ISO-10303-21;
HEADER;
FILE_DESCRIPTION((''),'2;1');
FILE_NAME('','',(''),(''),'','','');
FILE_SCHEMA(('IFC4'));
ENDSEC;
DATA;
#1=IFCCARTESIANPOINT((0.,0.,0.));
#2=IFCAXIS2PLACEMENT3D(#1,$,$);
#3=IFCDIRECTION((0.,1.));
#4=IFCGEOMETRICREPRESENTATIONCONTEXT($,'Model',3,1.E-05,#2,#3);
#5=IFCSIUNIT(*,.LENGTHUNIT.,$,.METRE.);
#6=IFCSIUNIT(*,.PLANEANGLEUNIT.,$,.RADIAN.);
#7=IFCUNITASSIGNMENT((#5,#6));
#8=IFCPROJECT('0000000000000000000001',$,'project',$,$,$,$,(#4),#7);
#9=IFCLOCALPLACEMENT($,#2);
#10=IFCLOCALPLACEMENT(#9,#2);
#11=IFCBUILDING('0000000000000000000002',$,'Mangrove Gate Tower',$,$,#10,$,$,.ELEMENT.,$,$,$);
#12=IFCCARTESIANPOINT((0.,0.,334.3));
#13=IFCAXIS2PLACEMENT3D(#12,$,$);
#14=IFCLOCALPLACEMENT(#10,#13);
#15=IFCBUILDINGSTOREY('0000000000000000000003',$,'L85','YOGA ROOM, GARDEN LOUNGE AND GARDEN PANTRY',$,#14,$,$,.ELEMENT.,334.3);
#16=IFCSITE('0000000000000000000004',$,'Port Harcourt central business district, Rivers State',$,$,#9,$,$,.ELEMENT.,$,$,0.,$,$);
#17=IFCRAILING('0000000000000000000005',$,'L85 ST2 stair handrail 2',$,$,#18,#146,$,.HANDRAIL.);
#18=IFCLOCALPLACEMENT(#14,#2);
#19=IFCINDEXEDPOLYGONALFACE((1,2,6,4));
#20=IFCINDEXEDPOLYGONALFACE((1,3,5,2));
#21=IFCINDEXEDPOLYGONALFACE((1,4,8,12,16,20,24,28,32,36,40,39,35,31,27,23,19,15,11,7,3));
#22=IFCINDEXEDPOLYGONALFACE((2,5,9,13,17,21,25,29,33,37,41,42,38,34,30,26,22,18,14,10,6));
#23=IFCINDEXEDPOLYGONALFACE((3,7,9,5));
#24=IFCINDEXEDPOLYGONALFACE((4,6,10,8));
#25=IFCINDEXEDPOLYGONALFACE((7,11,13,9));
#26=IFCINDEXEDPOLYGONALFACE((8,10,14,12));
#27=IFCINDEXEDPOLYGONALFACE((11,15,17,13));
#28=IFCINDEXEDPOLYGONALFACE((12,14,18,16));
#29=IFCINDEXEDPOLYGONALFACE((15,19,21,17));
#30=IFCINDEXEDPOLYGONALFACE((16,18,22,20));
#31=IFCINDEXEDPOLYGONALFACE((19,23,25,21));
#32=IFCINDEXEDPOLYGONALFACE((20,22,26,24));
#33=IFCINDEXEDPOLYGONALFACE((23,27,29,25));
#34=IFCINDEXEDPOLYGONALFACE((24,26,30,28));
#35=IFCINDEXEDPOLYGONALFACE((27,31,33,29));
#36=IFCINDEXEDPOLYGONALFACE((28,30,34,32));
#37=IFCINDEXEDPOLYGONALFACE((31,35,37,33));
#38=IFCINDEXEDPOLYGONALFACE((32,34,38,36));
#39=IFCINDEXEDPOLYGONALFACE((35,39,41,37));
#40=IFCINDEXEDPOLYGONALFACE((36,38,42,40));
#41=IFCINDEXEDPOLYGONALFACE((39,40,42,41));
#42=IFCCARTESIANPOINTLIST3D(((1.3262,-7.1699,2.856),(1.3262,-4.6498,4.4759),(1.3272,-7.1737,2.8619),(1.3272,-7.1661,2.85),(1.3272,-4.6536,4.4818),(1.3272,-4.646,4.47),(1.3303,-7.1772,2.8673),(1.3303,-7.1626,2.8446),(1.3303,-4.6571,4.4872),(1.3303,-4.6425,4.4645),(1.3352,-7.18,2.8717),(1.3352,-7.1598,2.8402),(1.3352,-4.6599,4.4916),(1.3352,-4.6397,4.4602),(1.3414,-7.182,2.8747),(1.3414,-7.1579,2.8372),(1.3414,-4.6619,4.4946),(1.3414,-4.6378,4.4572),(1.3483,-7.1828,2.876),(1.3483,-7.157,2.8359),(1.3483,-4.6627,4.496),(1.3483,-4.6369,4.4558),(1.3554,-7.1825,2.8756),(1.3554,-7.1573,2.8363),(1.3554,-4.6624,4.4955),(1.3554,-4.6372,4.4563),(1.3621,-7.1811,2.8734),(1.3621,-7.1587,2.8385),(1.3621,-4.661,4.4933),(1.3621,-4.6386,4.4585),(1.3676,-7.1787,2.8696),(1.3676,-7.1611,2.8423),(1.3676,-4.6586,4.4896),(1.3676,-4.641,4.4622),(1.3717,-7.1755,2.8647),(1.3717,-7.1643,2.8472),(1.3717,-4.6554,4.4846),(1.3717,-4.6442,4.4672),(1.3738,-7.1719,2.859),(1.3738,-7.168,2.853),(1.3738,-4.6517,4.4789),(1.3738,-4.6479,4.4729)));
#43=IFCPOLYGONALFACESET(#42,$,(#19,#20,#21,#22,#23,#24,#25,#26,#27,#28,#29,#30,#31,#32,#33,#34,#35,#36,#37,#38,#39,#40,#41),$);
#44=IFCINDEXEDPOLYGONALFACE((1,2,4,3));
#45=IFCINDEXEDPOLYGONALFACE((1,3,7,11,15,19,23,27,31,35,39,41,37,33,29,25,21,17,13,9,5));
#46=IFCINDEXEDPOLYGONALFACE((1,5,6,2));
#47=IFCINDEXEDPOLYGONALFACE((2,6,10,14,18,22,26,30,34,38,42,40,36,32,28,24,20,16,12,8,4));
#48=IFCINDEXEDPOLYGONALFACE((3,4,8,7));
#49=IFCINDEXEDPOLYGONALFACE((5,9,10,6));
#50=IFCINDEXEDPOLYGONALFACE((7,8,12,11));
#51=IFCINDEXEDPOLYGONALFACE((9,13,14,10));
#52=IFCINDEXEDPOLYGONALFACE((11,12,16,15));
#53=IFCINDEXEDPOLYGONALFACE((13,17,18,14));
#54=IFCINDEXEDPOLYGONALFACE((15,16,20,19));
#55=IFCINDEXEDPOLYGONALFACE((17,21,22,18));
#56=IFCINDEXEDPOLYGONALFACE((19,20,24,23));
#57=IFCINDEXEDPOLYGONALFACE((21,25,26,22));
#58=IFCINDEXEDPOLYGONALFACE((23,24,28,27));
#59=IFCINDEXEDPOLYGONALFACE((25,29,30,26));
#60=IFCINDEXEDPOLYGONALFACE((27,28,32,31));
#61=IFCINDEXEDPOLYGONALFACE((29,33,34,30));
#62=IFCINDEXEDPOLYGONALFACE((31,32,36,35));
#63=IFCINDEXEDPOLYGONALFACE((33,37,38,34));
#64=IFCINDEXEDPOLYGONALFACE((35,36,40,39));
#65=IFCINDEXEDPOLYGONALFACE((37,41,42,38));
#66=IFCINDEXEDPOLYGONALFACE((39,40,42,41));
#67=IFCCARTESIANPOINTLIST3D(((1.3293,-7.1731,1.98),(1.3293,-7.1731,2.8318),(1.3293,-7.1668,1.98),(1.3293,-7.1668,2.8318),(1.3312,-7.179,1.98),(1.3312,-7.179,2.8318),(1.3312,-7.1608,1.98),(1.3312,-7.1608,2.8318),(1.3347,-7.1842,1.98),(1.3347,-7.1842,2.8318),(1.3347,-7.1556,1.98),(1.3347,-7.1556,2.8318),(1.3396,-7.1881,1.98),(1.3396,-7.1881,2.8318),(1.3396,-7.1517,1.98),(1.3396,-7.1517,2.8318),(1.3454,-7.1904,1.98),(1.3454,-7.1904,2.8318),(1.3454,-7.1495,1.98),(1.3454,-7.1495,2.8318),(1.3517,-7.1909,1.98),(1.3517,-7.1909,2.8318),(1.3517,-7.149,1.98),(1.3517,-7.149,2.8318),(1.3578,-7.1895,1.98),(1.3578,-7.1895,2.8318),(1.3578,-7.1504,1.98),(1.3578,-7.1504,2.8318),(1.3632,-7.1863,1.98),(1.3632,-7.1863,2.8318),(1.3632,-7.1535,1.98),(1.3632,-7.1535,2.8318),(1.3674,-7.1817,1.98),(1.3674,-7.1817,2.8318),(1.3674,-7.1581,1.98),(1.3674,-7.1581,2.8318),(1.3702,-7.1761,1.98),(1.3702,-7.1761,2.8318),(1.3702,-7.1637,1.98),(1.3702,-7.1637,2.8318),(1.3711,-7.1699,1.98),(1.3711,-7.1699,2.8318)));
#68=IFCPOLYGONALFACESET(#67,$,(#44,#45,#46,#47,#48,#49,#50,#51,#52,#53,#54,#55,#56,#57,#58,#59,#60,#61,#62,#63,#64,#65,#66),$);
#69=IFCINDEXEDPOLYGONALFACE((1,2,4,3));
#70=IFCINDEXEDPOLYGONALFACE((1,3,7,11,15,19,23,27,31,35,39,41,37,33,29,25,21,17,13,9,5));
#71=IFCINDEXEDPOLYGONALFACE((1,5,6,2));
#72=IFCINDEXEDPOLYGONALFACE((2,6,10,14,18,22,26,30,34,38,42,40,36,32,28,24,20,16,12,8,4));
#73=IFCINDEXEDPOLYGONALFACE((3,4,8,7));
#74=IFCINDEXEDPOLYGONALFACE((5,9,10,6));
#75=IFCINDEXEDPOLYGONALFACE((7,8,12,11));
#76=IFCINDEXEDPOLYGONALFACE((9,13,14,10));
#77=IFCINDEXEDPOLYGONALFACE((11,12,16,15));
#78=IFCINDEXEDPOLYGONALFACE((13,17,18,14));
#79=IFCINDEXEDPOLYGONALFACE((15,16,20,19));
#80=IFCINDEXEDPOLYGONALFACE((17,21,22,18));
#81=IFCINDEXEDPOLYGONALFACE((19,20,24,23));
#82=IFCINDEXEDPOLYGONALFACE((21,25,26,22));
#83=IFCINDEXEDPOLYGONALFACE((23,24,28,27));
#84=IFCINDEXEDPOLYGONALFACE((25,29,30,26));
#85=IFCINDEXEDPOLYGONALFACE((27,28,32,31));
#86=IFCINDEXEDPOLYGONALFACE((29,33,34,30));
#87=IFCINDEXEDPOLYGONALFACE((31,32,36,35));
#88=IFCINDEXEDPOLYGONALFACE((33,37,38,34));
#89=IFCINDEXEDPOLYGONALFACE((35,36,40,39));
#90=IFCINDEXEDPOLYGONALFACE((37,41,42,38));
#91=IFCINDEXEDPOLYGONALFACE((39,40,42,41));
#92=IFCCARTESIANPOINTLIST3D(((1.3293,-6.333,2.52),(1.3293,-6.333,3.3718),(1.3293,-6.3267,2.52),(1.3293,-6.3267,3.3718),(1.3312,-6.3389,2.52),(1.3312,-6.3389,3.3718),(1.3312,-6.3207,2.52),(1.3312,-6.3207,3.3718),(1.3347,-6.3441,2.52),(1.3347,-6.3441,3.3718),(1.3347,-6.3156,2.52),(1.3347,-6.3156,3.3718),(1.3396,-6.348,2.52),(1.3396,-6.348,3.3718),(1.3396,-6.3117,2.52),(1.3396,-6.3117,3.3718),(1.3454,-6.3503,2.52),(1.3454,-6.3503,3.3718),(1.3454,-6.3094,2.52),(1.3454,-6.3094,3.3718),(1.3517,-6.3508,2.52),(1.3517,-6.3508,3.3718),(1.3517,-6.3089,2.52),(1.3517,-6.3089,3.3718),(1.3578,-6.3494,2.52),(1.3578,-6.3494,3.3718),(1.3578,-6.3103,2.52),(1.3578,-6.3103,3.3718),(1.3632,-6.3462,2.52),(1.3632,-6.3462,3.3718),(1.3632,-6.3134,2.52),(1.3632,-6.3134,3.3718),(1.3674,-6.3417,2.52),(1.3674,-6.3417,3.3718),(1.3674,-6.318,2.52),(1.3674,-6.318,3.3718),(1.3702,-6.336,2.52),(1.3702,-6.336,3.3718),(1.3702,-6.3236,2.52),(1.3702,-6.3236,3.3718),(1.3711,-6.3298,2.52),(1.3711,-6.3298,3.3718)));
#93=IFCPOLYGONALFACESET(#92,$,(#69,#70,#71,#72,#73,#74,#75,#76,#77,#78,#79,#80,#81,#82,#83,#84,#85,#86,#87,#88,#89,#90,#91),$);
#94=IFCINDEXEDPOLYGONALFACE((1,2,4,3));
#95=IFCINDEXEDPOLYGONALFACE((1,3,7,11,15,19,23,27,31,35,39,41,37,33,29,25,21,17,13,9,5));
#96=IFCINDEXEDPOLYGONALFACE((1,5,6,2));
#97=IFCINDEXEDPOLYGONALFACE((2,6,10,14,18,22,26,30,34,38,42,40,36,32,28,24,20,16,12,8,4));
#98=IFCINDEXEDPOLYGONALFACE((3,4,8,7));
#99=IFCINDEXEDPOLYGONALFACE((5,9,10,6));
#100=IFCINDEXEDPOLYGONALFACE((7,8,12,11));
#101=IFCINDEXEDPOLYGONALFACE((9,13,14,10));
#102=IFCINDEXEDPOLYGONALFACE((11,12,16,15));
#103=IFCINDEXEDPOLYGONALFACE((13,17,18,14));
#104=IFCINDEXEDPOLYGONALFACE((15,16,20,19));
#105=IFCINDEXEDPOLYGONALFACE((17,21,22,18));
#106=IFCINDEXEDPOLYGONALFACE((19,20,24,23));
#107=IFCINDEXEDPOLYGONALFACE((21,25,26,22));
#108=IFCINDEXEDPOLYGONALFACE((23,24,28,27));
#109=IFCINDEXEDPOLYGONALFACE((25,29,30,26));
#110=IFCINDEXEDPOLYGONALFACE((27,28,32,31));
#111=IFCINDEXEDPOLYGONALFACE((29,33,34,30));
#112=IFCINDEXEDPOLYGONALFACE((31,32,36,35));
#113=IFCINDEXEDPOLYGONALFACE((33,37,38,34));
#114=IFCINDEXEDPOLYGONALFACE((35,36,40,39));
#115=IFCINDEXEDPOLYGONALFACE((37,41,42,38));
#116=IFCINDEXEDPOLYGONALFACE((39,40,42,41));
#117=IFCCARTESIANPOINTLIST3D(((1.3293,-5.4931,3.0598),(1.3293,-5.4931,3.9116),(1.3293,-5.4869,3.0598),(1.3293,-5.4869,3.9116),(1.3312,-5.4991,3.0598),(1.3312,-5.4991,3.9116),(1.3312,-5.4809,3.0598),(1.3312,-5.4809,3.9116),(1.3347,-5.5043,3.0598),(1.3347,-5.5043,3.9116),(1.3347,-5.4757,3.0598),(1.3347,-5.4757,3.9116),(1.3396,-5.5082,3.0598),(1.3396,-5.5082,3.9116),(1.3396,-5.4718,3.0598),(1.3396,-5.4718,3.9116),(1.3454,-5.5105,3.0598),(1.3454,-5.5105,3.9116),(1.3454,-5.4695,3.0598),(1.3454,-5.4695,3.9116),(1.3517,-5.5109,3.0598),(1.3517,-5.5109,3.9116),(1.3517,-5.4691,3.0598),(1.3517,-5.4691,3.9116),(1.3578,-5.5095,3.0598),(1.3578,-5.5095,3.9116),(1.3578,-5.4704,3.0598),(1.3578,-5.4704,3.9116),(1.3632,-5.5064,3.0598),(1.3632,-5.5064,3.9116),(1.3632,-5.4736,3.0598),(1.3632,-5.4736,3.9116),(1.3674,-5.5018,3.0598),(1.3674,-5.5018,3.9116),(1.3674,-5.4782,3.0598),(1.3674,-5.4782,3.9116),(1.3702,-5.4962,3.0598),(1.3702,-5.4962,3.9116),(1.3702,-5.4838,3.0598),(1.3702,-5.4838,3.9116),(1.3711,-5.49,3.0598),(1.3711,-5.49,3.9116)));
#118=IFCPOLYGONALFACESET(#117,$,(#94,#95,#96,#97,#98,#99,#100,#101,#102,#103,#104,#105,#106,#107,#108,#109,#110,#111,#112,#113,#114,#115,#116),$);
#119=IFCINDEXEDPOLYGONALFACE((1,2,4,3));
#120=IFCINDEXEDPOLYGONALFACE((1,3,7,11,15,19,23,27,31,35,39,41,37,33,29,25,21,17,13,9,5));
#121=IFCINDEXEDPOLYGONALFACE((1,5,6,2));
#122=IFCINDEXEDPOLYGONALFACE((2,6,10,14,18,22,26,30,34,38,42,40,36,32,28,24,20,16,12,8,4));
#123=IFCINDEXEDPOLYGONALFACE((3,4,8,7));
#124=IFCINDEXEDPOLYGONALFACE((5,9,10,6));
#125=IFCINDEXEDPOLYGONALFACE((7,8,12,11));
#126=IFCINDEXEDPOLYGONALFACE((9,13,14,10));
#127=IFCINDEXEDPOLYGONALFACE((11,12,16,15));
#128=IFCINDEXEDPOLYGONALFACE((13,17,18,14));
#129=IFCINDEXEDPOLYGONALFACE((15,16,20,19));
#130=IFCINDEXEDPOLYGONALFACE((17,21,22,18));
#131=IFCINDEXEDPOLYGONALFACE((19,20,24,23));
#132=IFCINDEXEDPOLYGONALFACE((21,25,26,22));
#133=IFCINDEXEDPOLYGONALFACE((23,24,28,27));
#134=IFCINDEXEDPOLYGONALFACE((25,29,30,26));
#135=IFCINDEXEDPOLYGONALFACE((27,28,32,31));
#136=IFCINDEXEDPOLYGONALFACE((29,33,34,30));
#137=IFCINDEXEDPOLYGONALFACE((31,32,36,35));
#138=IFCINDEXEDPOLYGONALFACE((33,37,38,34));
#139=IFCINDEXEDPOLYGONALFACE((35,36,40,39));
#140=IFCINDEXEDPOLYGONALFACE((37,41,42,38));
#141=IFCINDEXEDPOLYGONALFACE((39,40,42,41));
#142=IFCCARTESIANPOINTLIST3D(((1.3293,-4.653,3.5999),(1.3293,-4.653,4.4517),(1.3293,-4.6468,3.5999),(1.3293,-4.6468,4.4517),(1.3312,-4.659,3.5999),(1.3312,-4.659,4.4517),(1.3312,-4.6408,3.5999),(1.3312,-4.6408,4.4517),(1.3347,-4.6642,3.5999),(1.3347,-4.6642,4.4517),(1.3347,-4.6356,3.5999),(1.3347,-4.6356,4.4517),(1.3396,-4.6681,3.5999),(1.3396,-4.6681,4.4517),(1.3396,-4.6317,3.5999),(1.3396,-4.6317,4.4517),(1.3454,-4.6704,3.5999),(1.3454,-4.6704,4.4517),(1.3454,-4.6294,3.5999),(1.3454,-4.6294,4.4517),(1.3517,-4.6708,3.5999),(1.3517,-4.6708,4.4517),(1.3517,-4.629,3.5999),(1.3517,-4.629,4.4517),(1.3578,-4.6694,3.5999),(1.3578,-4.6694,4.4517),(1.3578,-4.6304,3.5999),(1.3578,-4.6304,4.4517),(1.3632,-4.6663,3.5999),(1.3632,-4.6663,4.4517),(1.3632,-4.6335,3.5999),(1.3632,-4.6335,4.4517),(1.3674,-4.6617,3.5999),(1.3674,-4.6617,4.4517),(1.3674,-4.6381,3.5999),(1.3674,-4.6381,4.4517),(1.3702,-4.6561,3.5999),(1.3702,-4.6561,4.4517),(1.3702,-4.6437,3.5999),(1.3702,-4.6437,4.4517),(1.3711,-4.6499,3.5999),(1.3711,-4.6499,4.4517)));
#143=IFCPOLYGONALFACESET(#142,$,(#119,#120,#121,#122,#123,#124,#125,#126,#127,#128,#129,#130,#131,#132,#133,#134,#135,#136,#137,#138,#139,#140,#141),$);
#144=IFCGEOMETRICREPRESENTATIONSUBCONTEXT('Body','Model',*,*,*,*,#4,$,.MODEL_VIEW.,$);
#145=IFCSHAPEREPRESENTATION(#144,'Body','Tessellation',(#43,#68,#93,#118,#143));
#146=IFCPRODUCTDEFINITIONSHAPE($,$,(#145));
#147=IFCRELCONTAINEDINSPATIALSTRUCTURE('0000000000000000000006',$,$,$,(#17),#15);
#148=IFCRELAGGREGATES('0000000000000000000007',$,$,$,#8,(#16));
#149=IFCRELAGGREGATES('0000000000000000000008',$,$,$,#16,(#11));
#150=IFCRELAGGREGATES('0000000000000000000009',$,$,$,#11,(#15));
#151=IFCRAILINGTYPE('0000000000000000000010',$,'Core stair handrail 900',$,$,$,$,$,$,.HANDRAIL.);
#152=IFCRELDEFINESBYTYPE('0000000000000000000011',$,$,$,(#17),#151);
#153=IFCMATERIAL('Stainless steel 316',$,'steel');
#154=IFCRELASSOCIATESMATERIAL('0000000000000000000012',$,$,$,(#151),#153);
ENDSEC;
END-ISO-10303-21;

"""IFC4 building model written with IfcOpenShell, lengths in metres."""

from ifc_helpers import new_model, si_unit, direction, frame, origin, origin_2d, place, context, subcontext, project, spatial, circle, extrude, material, type_object, element, save


model = new_model("IFC4")

# Units and contexts
model_context = context("Model", 3, precision=1e-05, world=origin(), true_north=direction((0.0, 1.0)))
body_context = subcontext(model_context, "Body", "Model", "MODEL_VIEW")
ifc_project = project(units=[si_unit("LENGTHUNIT", "METRE"), si_unit("PLANEANGLEUNIT", "RADIAN")], contexts=[model_context])

# Site, building, storey
site_placement = place(None, origin())
site = spatial("IfcSite", under=ifc_project, at=site_placement, Name="Port Harcourt central business district, Rivers State", CompositionType="ELEMENT", RefElevation=0.0)
building_placement = place(site_placement, origin())
building = spatial("IfcBuilding", under=site, at=building_placement, Name="Mangrove Gate Tower", CompositionType="ELEMENT")
storey_placement = place(building_placement, frame((0.0, 0.0, 334.3)))
storey = spatial("IfcBuildingStorey", under=building, at=storey_placement, Name="L85", Description="YOGA ROOM, GARDEN LOUNGE AND GARDEN PANTRY", CompositionType="ELEMENT", Elevation=334.3)

# Railing
ifc_material_1 = material(Name="Stainless steel 316", Category="steel")
railing_type_1 = type_object("IfcRailingType", Name="Core stair handrail 900", PredefinedType="HANDRAIL", material=ifc_material_1)
railing_1_placement = place(storey_placement, frame((1.3501, -7.1699, 1.98)))
element("IfcRailing", 1, at=railing_1_placement, inside=storey, type_object=railing_type_1, Name="L85 ST2 stair handrail 2", PredefinedType="HANDRAIL", context=body_context, shape_type="SweptSolid", body=[
    extrude(circle(Radius=0.0239, at=origin_2d()), frame((0.0, 0.0, 0.876), z_axis=(0.0, 0.8412, 0.540725), x_axis=(-1.0, 0.0, 0.0)), (0.0, 0.0, 1.0), 2.9958),
    extrude(circle(Radius=0.021, at=origin_2d()), origin(), (0.0, 0.0, 1.0), 0.8518),
    extrude(circle(Radius=0.021, at=origin_2d()), frame((0.0, 0.8401, 0.54)), (0.0, 0.0, 1.0), 0.8518),
    extrude(circle(Radius=0.021, at=origin_2d()), frame((0.0, 1.6799, 1.0798)), (0.0, 0.0, 1.0), 0.8518),
    extrude(circle(Radius=0.021, at=origin_2d()), frame((0.0, 2.52, 1.6199)), (0.0, 0.0, 1.0), 0.8518),
])

save(model, "model.ifc")
